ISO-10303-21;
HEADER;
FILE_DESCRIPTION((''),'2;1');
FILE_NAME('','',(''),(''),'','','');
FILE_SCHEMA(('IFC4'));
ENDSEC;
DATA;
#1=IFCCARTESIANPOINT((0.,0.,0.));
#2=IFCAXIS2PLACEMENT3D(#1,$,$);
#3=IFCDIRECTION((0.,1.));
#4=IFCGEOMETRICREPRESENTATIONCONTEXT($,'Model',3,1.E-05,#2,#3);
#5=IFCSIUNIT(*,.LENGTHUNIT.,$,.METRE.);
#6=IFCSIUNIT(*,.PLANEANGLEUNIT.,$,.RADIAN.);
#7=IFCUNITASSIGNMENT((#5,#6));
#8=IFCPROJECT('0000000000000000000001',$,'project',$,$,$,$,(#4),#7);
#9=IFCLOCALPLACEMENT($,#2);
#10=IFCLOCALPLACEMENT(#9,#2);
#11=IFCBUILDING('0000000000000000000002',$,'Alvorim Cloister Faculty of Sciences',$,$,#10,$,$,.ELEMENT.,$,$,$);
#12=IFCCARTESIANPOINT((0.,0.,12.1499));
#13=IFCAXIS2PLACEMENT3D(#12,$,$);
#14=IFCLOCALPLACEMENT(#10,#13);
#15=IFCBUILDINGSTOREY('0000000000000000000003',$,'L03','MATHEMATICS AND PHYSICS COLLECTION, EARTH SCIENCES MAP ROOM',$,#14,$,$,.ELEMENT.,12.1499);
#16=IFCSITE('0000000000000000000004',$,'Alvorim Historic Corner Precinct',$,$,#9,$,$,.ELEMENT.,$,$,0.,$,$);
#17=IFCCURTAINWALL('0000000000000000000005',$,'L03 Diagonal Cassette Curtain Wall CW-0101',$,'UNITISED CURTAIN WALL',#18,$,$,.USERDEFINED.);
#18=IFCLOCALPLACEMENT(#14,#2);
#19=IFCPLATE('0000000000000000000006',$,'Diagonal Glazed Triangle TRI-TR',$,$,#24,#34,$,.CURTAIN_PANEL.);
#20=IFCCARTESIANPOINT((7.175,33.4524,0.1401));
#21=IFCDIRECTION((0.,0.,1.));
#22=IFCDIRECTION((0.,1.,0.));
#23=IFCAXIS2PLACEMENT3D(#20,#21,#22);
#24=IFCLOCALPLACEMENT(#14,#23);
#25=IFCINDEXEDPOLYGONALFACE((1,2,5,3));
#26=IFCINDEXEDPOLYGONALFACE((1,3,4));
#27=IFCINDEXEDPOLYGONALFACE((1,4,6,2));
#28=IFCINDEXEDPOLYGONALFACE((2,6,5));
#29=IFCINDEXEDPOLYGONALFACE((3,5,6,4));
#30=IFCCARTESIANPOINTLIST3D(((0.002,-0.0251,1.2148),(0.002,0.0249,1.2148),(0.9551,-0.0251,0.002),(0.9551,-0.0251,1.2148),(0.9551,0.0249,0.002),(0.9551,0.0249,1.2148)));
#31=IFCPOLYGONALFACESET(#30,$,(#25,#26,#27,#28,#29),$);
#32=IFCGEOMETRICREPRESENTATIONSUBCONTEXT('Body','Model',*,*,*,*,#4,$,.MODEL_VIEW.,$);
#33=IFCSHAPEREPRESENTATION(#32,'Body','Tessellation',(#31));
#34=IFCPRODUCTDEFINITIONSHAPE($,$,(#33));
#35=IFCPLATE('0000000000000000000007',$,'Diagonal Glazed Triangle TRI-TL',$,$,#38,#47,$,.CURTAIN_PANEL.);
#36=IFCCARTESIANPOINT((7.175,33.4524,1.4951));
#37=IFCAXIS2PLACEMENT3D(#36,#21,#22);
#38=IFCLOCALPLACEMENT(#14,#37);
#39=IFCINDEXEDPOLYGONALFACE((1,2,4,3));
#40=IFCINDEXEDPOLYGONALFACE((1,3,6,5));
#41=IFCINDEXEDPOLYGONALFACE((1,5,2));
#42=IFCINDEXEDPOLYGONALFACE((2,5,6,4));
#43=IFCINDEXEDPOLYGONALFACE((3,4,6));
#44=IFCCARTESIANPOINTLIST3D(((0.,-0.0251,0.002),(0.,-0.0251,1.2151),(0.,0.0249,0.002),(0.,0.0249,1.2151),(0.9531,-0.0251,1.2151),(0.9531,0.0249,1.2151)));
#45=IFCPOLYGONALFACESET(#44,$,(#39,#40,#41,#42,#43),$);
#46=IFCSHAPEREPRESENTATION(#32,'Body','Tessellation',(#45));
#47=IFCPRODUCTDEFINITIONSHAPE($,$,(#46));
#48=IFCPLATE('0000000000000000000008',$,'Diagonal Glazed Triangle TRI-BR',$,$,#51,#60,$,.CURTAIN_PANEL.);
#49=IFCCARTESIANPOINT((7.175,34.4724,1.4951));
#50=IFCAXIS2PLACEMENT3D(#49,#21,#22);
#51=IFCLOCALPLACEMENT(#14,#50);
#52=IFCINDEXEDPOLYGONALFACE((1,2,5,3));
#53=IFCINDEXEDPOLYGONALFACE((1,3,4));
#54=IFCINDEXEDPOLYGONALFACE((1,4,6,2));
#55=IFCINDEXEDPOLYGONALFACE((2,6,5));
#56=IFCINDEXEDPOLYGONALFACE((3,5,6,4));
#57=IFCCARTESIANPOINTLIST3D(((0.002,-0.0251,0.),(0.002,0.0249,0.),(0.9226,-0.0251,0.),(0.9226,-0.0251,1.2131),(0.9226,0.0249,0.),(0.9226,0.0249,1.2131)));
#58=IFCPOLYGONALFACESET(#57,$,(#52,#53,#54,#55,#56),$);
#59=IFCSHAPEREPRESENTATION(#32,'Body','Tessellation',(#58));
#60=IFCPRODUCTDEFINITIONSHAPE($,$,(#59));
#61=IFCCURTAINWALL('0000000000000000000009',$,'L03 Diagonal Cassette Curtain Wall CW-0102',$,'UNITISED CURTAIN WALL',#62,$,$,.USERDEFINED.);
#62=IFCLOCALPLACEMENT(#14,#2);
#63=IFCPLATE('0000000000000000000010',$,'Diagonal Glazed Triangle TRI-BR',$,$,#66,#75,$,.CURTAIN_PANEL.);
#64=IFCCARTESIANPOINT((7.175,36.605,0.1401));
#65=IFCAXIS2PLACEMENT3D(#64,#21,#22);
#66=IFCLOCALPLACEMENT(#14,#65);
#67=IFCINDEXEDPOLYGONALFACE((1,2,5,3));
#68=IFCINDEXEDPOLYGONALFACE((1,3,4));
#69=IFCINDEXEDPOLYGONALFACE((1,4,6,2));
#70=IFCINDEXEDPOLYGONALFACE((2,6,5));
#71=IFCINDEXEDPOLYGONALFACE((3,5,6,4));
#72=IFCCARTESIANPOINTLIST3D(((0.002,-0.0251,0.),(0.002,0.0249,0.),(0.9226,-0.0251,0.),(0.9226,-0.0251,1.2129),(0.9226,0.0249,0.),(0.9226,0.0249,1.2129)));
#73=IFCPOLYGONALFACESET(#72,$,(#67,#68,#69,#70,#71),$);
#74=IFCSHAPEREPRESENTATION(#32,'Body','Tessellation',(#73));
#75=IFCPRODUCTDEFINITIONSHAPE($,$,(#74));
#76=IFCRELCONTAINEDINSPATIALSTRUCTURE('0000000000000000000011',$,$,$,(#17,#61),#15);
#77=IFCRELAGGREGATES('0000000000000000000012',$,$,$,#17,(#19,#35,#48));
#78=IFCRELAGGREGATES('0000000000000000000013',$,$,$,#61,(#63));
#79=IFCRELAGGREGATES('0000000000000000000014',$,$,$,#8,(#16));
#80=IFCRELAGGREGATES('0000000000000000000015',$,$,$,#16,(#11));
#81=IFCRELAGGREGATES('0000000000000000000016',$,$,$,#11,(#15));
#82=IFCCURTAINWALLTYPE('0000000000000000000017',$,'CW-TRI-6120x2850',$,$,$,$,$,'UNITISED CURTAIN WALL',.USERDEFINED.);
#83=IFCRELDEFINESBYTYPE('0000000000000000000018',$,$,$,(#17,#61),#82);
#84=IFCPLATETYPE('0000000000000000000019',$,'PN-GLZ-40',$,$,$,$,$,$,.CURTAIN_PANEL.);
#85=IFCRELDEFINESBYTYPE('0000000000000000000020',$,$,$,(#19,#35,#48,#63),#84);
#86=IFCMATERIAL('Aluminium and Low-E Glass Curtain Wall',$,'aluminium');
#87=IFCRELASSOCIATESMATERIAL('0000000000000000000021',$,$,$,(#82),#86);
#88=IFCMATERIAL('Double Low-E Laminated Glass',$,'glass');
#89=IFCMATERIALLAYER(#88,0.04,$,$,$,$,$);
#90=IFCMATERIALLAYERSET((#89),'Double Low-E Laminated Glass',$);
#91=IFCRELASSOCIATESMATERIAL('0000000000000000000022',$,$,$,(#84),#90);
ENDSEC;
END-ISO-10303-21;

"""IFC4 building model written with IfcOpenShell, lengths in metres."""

from ifc_helpers import new_model, si_unit, direction, frame, origin, place, context, subcontext, project, spatial, polyline, outline, extrude, material, layer, layer_set, type_object, element, aggregate, save


model = new_model("IFC4")

# Units and contexts
model_context = context("Model", 3, precision=1e-05, world=origin(), true_north=direction((0.0, 1.0)))
body_context = subcontext(model_context, "Body", "Model", "MODEL_VIEW")
ifc_project = project(units=[si_unit("LENGTHUNIT", "METRE"), si_unit("PLANEANGLEUNIT", "RADIAN")], contexts=[model_context])

# Site, building, storey
site_placement = place(None, origin())
site = spatial("IfcSite", under=ifc_project, at=site_placement, Name="Alvorim Historic Corner Precinct", CompositionType="ELEMENT", RefElevation=0.0)
building_placement = place(site_placement, origin())
building = spatial("IfcBuilding", under=site, at=building_placement, Name="Alvorim Cloister Faculty of Sciences", CompositionType="ELEMENT")
storey_placement = place(building_placement, frame((0.0, 0.0, 12.1499)))
storey = spatial("IfcBuildingStorey", under=building, at=storey_placement, Name="L03", Description="MATHEMATICS AND PHYSICS COLLECTION, EARTH SCIENCES MAP ROOM", CompositionType="ELEMENT", Elevation=12.1499)

# Curtain wall
ifc_material_1 = material(Name="Aluminium and Low-E Glass Curtain Wall", Category="aluminium")
curtain_wall_type = type_object("IfcCurtainWallType", Name="CW-TRI-6120x2850", ElementType="UNITISED CURTAIN WALL", PredefinedType="USERDEFINED", material=ifc_material_1)
curtain_wall_1_placement = place(storey_placement, origin())
curtain_wall_1 = element("IfcCurtainWall", 1, at=curtain_wall_1_placement, inside=storey, type_object=curtain_wall_type, Name="L03 Diagonal Cassette Curtain Wall CW-0101", ObjectType="UNITISED CURTAIN WALL", PredefinedType="USERDEFINED")

# Plates
ifc_material_2 = material(Name="Double Low-E Laminated Glass", Category="glass")
ifc_layer_1 = layer(ifc_material_2, 0.04)
ifc_layer_set_1 = layer_set([ifc_layer_1], Name="Double Low-E Laminated Glass")
plate_type_1 = type_object("IfcPlateType", Name="PN-GLZ-40", PredefinedType="CURTAIN_PANEL", material=ifc_layer_set_1)
plate_1_placement = place(storey_placement, frame((7.175, 33.4524, 0.1401), z_axis=(0.0, 0.0, 1.0), x_axis=(0.0, 1.0, 0.0)))
plate_1 = element("IfcPlate", 2, at=plate_1_placement, type_object=plate_type_1, Name="Diagonal Glazed Triangle TRI-TR", PredefinedType="CURTAIN_PANEL", context=body_context, shape_type="SweptSolid", body=[
    extrude(outline(polyline([(0.9551, 0.002), (0.9551, 1.2148), (0.002, 1.2148), (0.9551, 0.002)])), frame((0.0, 0.0249, 0.0), z_axis=(0.0, -1.0, 0.0), x_axis=(1.0, 0.0, 0.0)), (0.0, 0.0, 1.0), 0.05),
])
plate_2_placement = place(storey_placement, frame((7.175, 33.4524, 1.4951), z_axis=(0.0, 0.0, 1.0), x_axis=(0.0, 1.0, 0.0)))
plate_2 = element("IfcPlate", 3, at=plate_2_placement, type_object=plate_type_1, Name="Diagonal Glazed Triangle TRI-TL", PredefinedType="CURTAIN_PANEL", context=body_context, shape_type="SweptSolid", body=[
    extrude(outline(polyline([(0.9531, 1.2151), (0.0, 1.2151), (0.0, 0.002), (0.9531, 1.2151)])), frame((0.0, 0.0249, 0.0), z_axis=(0.0, -1.0, 0.0), x_axis=(1.0, 0.0, 0.0)), (0.0, 0.0, 1.0), 0.05),
])
plate_3_placement = place(storey_placement, frame((7.175, 34.4724, 1.4951), z_axis=(0.0, 0.0, 1.0), x_axis=(0.0, 1.0, 0.0)))
plate_3 = element("IfcPlate", 4, at=plate_3_placement, type_object=plate_type_1, Name="Diagonal Glazed Triangle TRI-BR", PredefinedType="CURTAIN_PANEL", context=body_context, shape_type="SweptSolid", body=[
    extrude(outline(polyline([(0.002, 0.0), (0.9226, 0.0), (0.9226, 1.2131), (0.002, 0.0)])), frame((0.0, 0.0249, 0.0), z_axis=(0.0, -1.0, 0.0), x_axis=(1.0, 0.0, 0.0)), (0.0, 0.0, 1.0), 0.05),
])
aggregate(curtain_wall_1, [plate_1, plate_2, plate_3])

# Curtain wall, plate
curtain_wall_2_placement = place(storey_placement, origin())
curtain_wall_2 = element("IfcCurtainWall", 5, at=curtain_wall_2_placement, inside=storey, type_object=curtain_wall_type, Name="L03 Diagonal Cassette Curtain Wall CW-0102", ObjectType="UNITISED CURTAIN WALL", PredefinedType="USERDEFINED")
plate_4_placement = place(storey_placement, frame((7.175, 36.605, 0.1401), z_axis=(0.0, 0.0, 1.0), x_axis=(0.0, 1.0, 0.0)))
plate_4 = element("IfcPlate", 6, at=plate_4_placement, type_object=plate_type_1, Name="Diagonal Glazed Triangle TRI-BR", PredefinedType="CURTAIN_PANEL", context=body_context, shape_type="SweptSolid", body=[
    extrude(outline(polyline([(0.002, 0.0), (0.9226, 0.0), (0.9226, 1.2129), (0.002, 0.0)])), frame((0.0, 0.0249, 0.0), z_axis=(0.0, -1.0, 0.0), x_axis=(1.0, 0.0, 0.0)), (0.0, 0.0, 1.0), 0.05),
])
aggregate(curtain_wall_2, [plate_4])

save(model, "model.ifc")
